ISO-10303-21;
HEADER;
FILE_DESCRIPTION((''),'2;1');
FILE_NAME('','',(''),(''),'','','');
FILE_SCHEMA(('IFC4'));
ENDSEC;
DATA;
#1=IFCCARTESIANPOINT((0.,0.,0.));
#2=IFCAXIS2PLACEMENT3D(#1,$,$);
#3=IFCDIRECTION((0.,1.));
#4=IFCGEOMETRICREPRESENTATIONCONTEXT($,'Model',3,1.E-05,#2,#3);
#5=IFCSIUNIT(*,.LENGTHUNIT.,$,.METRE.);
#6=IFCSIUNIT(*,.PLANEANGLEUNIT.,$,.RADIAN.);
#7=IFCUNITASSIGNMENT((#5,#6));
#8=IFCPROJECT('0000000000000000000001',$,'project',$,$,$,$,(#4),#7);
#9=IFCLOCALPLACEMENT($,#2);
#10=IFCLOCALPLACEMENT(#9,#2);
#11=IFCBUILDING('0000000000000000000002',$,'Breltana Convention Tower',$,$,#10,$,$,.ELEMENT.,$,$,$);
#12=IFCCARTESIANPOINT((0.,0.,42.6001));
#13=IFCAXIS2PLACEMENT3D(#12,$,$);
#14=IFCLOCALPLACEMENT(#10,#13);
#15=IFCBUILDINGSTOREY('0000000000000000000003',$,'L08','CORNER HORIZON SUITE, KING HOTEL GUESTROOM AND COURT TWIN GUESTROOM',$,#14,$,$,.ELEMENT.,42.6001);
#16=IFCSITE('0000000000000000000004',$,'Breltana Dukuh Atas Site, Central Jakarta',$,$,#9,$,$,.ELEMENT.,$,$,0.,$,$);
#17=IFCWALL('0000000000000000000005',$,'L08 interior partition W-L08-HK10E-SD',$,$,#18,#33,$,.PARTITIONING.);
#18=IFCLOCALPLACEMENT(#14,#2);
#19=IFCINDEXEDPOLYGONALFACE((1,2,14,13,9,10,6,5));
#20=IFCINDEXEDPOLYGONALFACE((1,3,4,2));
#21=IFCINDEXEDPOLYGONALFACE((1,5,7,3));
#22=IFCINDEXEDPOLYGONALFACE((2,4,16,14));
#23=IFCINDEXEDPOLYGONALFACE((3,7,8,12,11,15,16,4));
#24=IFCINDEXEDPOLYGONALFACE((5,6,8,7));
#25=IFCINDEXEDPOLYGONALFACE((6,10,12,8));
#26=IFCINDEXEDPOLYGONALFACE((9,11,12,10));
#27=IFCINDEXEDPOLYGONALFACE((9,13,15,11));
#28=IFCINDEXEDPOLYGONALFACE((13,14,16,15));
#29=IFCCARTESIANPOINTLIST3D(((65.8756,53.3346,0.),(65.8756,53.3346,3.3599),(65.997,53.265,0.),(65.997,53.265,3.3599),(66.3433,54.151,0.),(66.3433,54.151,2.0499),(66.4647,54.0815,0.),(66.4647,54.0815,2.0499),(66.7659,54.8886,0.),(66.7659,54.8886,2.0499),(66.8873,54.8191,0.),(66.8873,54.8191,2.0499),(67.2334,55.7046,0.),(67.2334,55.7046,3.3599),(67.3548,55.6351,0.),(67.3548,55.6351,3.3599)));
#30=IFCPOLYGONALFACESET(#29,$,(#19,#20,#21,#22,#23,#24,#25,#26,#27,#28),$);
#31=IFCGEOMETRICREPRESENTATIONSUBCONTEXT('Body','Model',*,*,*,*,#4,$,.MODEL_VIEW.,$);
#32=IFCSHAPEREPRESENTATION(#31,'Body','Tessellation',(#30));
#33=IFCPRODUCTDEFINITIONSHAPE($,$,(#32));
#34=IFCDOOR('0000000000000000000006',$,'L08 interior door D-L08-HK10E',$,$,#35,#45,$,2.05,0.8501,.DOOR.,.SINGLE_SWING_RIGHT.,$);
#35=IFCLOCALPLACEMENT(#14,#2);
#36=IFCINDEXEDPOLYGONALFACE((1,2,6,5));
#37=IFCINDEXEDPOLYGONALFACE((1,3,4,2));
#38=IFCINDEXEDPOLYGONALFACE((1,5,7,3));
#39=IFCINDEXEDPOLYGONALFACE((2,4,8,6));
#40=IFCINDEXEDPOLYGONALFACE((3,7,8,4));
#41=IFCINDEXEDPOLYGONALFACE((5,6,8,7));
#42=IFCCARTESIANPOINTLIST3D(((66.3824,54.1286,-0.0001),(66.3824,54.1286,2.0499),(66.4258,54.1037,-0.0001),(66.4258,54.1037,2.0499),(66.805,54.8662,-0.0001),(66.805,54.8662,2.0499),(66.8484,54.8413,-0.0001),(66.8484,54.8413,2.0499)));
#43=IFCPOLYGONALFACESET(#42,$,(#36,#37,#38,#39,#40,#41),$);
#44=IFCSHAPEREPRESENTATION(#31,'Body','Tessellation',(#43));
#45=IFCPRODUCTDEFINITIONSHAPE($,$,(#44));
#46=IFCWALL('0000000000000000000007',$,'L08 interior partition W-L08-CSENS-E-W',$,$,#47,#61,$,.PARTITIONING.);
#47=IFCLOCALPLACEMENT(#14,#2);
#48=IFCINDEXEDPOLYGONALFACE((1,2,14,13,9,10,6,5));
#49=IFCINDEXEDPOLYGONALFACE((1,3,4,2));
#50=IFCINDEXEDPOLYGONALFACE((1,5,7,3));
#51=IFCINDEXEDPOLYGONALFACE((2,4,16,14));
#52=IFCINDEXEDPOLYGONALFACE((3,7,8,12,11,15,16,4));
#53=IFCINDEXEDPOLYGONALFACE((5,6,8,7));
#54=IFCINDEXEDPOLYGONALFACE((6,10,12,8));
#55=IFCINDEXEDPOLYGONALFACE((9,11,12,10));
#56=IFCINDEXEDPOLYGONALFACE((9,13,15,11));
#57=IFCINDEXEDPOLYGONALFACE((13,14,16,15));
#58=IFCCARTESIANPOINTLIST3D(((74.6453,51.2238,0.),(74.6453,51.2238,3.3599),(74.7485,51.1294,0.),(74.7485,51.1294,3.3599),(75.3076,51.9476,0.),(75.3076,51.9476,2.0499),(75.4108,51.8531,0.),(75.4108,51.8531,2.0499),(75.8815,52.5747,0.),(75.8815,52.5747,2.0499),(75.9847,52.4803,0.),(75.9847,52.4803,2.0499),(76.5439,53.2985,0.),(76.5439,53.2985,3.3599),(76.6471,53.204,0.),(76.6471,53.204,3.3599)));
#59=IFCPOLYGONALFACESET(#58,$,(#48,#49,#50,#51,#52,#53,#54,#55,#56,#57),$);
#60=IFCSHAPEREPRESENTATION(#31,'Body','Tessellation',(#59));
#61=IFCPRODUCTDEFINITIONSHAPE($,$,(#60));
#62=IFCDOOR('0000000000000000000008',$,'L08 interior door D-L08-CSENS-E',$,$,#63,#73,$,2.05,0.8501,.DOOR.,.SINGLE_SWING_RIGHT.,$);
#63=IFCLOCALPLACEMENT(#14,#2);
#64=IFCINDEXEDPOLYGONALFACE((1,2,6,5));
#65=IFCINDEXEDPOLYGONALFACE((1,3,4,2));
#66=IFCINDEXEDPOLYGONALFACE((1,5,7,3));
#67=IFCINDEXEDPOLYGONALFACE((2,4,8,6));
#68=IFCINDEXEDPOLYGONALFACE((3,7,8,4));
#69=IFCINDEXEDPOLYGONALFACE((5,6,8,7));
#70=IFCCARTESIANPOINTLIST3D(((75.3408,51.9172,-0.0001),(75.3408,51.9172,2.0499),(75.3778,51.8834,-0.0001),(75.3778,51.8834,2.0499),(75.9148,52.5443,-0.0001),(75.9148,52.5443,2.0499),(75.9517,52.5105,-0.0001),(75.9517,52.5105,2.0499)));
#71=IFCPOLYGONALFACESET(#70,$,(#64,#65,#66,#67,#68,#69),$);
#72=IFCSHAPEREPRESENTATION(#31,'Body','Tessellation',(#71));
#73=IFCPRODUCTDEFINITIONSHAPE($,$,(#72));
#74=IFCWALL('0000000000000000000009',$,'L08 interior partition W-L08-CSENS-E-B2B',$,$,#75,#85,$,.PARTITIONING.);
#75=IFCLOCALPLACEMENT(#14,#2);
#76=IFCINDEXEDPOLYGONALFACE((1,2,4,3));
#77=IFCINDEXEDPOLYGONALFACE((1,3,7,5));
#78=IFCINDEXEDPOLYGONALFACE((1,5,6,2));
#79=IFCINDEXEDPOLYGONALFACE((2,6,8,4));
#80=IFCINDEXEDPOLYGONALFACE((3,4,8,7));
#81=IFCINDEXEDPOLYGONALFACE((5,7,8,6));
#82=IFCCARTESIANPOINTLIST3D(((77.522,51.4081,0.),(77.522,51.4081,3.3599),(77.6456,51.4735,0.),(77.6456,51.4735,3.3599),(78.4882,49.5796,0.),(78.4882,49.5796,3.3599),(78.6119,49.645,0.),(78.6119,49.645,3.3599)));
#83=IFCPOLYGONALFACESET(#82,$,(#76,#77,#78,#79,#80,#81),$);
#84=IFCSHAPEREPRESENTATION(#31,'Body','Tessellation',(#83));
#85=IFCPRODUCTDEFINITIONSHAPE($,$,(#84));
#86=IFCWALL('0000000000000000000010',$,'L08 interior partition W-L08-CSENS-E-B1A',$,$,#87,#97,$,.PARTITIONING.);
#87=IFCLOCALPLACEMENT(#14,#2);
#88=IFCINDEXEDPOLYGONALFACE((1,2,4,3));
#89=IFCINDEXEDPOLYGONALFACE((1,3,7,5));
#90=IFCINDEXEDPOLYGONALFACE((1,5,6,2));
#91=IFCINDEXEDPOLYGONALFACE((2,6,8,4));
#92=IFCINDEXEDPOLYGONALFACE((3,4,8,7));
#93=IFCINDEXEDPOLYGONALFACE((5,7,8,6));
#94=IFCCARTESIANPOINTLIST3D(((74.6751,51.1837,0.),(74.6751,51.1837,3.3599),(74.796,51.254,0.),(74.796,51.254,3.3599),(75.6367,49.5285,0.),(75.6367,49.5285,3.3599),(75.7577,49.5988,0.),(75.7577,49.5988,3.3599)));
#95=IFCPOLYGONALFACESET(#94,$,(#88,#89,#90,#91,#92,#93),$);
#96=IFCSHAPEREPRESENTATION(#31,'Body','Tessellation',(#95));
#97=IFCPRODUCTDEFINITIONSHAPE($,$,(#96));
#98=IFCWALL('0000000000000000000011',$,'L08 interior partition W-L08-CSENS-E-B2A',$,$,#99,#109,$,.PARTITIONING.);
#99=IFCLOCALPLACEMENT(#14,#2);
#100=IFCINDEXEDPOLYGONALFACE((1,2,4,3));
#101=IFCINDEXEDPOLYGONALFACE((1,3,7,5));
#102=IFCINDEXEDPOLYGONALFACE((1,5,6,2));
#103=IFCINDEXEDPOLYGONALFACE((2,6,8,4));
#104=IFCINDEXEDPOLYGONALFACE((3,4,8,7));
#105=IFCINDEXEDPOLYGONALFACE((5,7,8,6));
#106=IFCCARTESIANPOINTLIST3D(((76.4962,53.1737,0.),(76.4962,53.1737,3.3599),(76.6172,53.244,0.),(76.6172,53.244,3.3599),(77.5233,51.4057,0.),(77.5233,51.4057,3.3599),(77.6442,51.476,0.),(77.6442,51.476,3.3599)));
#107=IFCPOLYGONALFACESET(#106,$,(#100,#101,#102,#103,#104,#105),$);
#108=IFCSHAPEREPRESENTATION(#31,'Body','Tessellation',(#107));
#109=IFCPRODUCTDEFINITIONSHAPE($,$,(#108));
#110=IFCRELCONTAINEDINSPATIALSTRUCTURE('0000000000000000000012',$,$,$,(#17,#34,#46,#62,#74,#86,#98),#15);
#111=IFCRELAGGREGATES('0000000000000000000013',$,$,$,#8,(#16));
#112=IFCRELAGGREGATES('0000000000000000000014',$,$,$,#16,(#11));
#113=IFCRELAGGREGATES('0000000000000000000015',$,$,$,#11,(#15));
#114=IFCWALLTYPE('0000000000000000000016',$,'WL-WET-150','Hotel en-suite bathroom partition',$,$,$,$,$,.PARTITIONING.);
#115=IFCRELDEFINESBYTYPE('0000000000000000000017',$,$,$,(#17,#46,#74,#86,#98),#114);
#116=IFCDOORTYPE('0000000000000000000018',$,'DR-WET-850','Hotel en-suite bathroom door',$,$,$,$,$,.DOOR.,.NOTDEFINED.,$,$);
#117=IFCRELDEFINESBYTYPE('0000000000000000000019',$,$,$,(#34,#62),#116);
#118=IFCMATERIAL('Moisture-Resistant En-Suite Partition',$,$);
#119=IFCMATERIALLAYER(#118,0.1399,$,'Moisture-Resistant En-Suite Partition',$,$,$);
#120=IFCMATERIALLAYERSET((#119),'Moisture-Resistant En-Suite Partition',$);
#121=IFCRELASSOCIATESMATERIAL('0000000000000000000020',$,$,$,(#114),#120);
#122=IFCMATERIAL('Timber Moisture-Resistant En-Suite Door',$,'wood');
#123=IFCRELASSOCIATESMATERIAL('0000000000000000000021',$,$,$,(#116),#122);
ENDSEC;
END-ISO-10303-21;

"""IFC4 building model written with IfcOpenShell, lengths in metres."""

from ifc_helpers import new_model, si_unit, direction, frame, frame_2d, origin, place, context, subcontext, project, spatial, rectangle, extrude, source, transform, mapped, material, layer, layer_set, type_object, type_shapes, element, fill, save


model = new_model("IFC4")

# Units and contexts
model_context = context("Model", 3, precision=1e-05, world=origin(), true_north=direction((0.0, 1.0)))
body_context = subcontext(model_context, "Body", "Model", "MODEL_VIEW")
ifc_project = project(units=[si_unit("LENGTHUNIT", "METRE"), si_unit("PLANEANGLEUNIT", "RADIAN")], contexts=[model_context])

# Site, building, storey
site_placement = place(None, origin())
site = spatial("IfcSite", under=ifc_project, at=site_placement, Name="Breltana Dukuh Atas Site, Central Jakarta", CompositionType="ELEMENT", RefElevation=0.0)
building_placement = place(site_placement, origin())
building = spatial("IfcBuilding", under=site, at=building_placement, Name="Breltana Convention Tower", CompositionType="ELEMENT")
storey_placement = place(building_placement, frame((0.0, 0.0, 42.6001)))
storey = spatial("IfcBuildingStorey", under=building, at=storey_placement, Name="L08", Description="CORNER HORIZON SUITE, KING HOTEL GUESTROOM AND COURT TWIN GUESTROOM", CompositionType="ELEMENT", Elevation=42.6001)

# Walls, openings, doors
ifc_material_1 = material(Name="Moisture-Resistant En-Suite Partition")
ifc_layer_1 = layer(ifc_material_1, 0.1399, Name="Moisture-Resistant En-Suite Partition")
ifc_layer_set_1 = layer_set([ifc_layer_1], Name="Moisture-Resistant En-Suite Partition")
wall_type_1 = type_object("IfcWallType", Name="WL-WET-150", Description="Hotel en-suite bathroom partition", PredefinedType="PARTITIONING", material=ifc_layer_set_1)
ifc_material_2 = material(Name="Timber Moisture-Resistant En-Suite Door", Category="wood")
door_type_1 = type_object("IfcDoorType", Name="DR-WET-850", Description="Hotel en-suite bathroom door", OperationType="NOTDEFINED", PredefinedType="DOOR", material=ifc_material_2)
shared_shape_1 = source(origin(), body_context, "Body", "SweptSolid", [
    extrude(rectangle(XDim=0.8501, YDim=2.05, at=frame_2d((0.425, 1.0249))), frame((0.0, 0.0249, 0.0), z_axis=(0.0, -1.0, 0.0), x_axis=(1.0, 0.0, 0.0)), (0.0, 0.0, 1.0), 0.05),
])
type_shapes(door_type_1, [shared_shape_1])
shared_shape_2 = source(origin(), body_context, "Body", "SweptSolid", [
    extrude(rectangle(XDim=2.7314, YDim=0.1399, at=frame_2d((1.3657, 0.0))), origin(), (0.0, 0.0, 1.0), 3.3599),
])
wall_1_placement = place(storey_placement, frame((65.9363, 53.2998, 0.0), z_axis=(0.0, 0.0, 1.0), x_axis=(0.49712, 0.867682, 0.0)))
wall_1 = element("IfcWall", 1, at=wall_1_placement, inside=storey, type_object=wall_type_1, Name="L08 interior partition W-L08-HK10E-SD", PredefinedType="PARTITIONING", context=body_context, shape_type="MappedRepresentation", body=[
    mapped(shared_shape_2, transform((0.0, 0.0, 0.0), scale=1.0)),
])
opening_1_placement = place(wall_1_placement, frame((0.9409, 0.0, 0.0)))
opening_1 = element("IfcOpeningElement", 2, at=opening_1_placement, cuts=wall_1, PredefinedType="OPENING", context=body_context, shape_type="SweptSolid", body=[
    extrude(rectangle(XDim=0.8501, YDim=2.05, at=frame_2d((0.425, 1.0249))), frame((0.0, 0.0801, 0.0), z_axis=(0.0, -1.0, 0.0), x_axis=(1.0, 0.0, 0.0)), (0.0, 0.0, 1.0), 0.1599),
])
door_1_placement = place(opening_1_placement, origin())
door_1 = element("IfcDoor", 3, at=door_1_placement, inside=storey, type_object=door_type_1, Name="L08 interior door D-L08-HK10E", OperationType="SINGLE_SWING_RIGHT", OverallHeight=2.05, OverallWidth=0.8501, PredefinedType="DOOR", context=body_context, shape_type="MappedRepresentation", body=[
    mapped(shared_shape_1, transform((0.0, 0.0, 0.0), scale=1.0)),
])
fill(opening_1, door_1)
shared_shape_3 = source(origin(), body_context, "Body", "SweptSolid", [
    extrude(rectangle(XDim=2.8123, YDim=0.1399, at=frame_2d((1.4062, 0.0))), origin(), (0.0, 0.0, 1.0), 3.3599),
])
wall_2_placement = place(storey_placement, frame((74.6968, 51.1765, 0.0), z_axis=(0.0, 0.0, 1.0), x_axis=(0.675119, 0.737709, 0.0)))
wall_2 = element("IfcWall", 4, at=wall_2_placement, inside=storey, type_object=wall_type_1, Name="L08 interior partition W-L08-CSENS-E-W", PredefinedType="PARTITIONING", context=body_context, shape_type="MappedRepresentation", body=[
    mapped(shared_shape_3, transform((0.0, 0.0, 0.0), scale=1.0)),
])
opening_2_placement = place(wall_2_placement, frame((0.9812, 0.0, 0.0)))
opening_2 = element("IfcOpeningElement", 5, at=opening_2_placement, cuts=wall_2, PredefinedType="OPENING", context=body_context, shape_type="SweptSolid", body=[
    extrude(rectangle(XDim=0.8501, YDim=2.05, at=frame_2d((0.425, 1.0249))), frame((0.0, 0.0801, 0.0), z_axis=(0.0, -1.0, 0.0), x_axis=(1.0, 0.0, 0.0)), (0.0, 0.0, 1.0), 0.1599),
])
door_2_placement = place(opening_2_placement, origin())
door_2 = element("IfcDoor", 6, at=door_2_placement, inside=storey, type_object=door_type_1, Name="L08 interior door D-L08-CSENS-E", OperationType="SINGLE_SWING_RIGHT", OverallHeight=2.05, OverallWidth=0.8501, PredefinedType="DOOR", context=body_context, shape_type="MappedRepresentation", body=[
    mapped(shared_shape_1, transform((0.0, 0.0, 0.0), scale=1.0)),
])
fill(opening_2, door_2)

# Walls
shared_shape_4 = source(origin(), body_context, "Body", "SweptSolid", [
    extrude(rectangle(XDim=2.0681, YDim=0.1399, at=frame_2d((1.0342, 0.0))), origin(), (0.0, 0.0, 1.0), 3.3599),
])
wall_3_placement = place(storey_placement, frame((77.5837, 51.4409, 0.0), z_axis=(0.0, 0.0, 1.0), x_axis=(0.467215, -0.884144, 0.0)))
element("IfcWall", 7, at=wall_3_placement, inside=storey, type_object=wall_type_1, Name="L08 interior partition W-L08-CSENS-E-B2B", PredefinedType="PARTITIONING", context=body_context, shape_type="MappedRepresentation", body=[
    mapped(shared_shape_4, transform((0.0, 0.0, 0.0), scale=1.0)),
])
shared_shape_5 = source(origin(), body_context, "Body", "SweptSolid", [
    extrude(rectangle(XDim=1.9143, YDim=0.1399, at=frame_2d((0.957, 0.0))), origin(), (0.0, 0.0, 1.0), 3.3599),
])
wall_4_placement = place(storey_placement, frame((74.7356, 51.2188, 0.0), z_axis=(0.0, 0.0, 1.0), x_axis=(0.502348, -0.864666, 0.0)))
element("IfcWall", 8, at=wall_4_placement, inside=storey, type_object=wall_type_1, Name="L08 interior partition W-L08-CSENS-E-B1A", PredefinedType="PARTITIONING", context=body_context, shape_type="MappedRepresentation", body=[
    mapped(shared_shape_5, transform((0.0, 0.0, 0.0), scale=1.0)),
])
shared_shape_6 = source(origin(), body_context, "Body", "SweptSolid", [
    extrude(rectangle(XDim=2.0447, YDim=0.1399, at=frame_2d((1.0225, 0.0))), origin(), (0.0, 0.0, 1.0), 3.3599),
])
wall_5_placement = place(storey_placement, frame((76.5566, 53.209, 0.0), z_axis=(0.0, 0.0, 1.0), x_axis=(0.502311, -0.864687, 0.0)))
element("IfcWall", 9, at=wall_5_placement, inside=storey, type_object=wall_type_1, Name="L08 interior partition W-L08-CSENS-E-B2A", PredefinedType="PARTITIONING", context=body_context, shape_type="MappedRepresentation", body=[
    mapped(shared_shape_6, transform((0.0, 0.0, 0.0), scale=1.0)),
])

save(model, "model.ifc")
